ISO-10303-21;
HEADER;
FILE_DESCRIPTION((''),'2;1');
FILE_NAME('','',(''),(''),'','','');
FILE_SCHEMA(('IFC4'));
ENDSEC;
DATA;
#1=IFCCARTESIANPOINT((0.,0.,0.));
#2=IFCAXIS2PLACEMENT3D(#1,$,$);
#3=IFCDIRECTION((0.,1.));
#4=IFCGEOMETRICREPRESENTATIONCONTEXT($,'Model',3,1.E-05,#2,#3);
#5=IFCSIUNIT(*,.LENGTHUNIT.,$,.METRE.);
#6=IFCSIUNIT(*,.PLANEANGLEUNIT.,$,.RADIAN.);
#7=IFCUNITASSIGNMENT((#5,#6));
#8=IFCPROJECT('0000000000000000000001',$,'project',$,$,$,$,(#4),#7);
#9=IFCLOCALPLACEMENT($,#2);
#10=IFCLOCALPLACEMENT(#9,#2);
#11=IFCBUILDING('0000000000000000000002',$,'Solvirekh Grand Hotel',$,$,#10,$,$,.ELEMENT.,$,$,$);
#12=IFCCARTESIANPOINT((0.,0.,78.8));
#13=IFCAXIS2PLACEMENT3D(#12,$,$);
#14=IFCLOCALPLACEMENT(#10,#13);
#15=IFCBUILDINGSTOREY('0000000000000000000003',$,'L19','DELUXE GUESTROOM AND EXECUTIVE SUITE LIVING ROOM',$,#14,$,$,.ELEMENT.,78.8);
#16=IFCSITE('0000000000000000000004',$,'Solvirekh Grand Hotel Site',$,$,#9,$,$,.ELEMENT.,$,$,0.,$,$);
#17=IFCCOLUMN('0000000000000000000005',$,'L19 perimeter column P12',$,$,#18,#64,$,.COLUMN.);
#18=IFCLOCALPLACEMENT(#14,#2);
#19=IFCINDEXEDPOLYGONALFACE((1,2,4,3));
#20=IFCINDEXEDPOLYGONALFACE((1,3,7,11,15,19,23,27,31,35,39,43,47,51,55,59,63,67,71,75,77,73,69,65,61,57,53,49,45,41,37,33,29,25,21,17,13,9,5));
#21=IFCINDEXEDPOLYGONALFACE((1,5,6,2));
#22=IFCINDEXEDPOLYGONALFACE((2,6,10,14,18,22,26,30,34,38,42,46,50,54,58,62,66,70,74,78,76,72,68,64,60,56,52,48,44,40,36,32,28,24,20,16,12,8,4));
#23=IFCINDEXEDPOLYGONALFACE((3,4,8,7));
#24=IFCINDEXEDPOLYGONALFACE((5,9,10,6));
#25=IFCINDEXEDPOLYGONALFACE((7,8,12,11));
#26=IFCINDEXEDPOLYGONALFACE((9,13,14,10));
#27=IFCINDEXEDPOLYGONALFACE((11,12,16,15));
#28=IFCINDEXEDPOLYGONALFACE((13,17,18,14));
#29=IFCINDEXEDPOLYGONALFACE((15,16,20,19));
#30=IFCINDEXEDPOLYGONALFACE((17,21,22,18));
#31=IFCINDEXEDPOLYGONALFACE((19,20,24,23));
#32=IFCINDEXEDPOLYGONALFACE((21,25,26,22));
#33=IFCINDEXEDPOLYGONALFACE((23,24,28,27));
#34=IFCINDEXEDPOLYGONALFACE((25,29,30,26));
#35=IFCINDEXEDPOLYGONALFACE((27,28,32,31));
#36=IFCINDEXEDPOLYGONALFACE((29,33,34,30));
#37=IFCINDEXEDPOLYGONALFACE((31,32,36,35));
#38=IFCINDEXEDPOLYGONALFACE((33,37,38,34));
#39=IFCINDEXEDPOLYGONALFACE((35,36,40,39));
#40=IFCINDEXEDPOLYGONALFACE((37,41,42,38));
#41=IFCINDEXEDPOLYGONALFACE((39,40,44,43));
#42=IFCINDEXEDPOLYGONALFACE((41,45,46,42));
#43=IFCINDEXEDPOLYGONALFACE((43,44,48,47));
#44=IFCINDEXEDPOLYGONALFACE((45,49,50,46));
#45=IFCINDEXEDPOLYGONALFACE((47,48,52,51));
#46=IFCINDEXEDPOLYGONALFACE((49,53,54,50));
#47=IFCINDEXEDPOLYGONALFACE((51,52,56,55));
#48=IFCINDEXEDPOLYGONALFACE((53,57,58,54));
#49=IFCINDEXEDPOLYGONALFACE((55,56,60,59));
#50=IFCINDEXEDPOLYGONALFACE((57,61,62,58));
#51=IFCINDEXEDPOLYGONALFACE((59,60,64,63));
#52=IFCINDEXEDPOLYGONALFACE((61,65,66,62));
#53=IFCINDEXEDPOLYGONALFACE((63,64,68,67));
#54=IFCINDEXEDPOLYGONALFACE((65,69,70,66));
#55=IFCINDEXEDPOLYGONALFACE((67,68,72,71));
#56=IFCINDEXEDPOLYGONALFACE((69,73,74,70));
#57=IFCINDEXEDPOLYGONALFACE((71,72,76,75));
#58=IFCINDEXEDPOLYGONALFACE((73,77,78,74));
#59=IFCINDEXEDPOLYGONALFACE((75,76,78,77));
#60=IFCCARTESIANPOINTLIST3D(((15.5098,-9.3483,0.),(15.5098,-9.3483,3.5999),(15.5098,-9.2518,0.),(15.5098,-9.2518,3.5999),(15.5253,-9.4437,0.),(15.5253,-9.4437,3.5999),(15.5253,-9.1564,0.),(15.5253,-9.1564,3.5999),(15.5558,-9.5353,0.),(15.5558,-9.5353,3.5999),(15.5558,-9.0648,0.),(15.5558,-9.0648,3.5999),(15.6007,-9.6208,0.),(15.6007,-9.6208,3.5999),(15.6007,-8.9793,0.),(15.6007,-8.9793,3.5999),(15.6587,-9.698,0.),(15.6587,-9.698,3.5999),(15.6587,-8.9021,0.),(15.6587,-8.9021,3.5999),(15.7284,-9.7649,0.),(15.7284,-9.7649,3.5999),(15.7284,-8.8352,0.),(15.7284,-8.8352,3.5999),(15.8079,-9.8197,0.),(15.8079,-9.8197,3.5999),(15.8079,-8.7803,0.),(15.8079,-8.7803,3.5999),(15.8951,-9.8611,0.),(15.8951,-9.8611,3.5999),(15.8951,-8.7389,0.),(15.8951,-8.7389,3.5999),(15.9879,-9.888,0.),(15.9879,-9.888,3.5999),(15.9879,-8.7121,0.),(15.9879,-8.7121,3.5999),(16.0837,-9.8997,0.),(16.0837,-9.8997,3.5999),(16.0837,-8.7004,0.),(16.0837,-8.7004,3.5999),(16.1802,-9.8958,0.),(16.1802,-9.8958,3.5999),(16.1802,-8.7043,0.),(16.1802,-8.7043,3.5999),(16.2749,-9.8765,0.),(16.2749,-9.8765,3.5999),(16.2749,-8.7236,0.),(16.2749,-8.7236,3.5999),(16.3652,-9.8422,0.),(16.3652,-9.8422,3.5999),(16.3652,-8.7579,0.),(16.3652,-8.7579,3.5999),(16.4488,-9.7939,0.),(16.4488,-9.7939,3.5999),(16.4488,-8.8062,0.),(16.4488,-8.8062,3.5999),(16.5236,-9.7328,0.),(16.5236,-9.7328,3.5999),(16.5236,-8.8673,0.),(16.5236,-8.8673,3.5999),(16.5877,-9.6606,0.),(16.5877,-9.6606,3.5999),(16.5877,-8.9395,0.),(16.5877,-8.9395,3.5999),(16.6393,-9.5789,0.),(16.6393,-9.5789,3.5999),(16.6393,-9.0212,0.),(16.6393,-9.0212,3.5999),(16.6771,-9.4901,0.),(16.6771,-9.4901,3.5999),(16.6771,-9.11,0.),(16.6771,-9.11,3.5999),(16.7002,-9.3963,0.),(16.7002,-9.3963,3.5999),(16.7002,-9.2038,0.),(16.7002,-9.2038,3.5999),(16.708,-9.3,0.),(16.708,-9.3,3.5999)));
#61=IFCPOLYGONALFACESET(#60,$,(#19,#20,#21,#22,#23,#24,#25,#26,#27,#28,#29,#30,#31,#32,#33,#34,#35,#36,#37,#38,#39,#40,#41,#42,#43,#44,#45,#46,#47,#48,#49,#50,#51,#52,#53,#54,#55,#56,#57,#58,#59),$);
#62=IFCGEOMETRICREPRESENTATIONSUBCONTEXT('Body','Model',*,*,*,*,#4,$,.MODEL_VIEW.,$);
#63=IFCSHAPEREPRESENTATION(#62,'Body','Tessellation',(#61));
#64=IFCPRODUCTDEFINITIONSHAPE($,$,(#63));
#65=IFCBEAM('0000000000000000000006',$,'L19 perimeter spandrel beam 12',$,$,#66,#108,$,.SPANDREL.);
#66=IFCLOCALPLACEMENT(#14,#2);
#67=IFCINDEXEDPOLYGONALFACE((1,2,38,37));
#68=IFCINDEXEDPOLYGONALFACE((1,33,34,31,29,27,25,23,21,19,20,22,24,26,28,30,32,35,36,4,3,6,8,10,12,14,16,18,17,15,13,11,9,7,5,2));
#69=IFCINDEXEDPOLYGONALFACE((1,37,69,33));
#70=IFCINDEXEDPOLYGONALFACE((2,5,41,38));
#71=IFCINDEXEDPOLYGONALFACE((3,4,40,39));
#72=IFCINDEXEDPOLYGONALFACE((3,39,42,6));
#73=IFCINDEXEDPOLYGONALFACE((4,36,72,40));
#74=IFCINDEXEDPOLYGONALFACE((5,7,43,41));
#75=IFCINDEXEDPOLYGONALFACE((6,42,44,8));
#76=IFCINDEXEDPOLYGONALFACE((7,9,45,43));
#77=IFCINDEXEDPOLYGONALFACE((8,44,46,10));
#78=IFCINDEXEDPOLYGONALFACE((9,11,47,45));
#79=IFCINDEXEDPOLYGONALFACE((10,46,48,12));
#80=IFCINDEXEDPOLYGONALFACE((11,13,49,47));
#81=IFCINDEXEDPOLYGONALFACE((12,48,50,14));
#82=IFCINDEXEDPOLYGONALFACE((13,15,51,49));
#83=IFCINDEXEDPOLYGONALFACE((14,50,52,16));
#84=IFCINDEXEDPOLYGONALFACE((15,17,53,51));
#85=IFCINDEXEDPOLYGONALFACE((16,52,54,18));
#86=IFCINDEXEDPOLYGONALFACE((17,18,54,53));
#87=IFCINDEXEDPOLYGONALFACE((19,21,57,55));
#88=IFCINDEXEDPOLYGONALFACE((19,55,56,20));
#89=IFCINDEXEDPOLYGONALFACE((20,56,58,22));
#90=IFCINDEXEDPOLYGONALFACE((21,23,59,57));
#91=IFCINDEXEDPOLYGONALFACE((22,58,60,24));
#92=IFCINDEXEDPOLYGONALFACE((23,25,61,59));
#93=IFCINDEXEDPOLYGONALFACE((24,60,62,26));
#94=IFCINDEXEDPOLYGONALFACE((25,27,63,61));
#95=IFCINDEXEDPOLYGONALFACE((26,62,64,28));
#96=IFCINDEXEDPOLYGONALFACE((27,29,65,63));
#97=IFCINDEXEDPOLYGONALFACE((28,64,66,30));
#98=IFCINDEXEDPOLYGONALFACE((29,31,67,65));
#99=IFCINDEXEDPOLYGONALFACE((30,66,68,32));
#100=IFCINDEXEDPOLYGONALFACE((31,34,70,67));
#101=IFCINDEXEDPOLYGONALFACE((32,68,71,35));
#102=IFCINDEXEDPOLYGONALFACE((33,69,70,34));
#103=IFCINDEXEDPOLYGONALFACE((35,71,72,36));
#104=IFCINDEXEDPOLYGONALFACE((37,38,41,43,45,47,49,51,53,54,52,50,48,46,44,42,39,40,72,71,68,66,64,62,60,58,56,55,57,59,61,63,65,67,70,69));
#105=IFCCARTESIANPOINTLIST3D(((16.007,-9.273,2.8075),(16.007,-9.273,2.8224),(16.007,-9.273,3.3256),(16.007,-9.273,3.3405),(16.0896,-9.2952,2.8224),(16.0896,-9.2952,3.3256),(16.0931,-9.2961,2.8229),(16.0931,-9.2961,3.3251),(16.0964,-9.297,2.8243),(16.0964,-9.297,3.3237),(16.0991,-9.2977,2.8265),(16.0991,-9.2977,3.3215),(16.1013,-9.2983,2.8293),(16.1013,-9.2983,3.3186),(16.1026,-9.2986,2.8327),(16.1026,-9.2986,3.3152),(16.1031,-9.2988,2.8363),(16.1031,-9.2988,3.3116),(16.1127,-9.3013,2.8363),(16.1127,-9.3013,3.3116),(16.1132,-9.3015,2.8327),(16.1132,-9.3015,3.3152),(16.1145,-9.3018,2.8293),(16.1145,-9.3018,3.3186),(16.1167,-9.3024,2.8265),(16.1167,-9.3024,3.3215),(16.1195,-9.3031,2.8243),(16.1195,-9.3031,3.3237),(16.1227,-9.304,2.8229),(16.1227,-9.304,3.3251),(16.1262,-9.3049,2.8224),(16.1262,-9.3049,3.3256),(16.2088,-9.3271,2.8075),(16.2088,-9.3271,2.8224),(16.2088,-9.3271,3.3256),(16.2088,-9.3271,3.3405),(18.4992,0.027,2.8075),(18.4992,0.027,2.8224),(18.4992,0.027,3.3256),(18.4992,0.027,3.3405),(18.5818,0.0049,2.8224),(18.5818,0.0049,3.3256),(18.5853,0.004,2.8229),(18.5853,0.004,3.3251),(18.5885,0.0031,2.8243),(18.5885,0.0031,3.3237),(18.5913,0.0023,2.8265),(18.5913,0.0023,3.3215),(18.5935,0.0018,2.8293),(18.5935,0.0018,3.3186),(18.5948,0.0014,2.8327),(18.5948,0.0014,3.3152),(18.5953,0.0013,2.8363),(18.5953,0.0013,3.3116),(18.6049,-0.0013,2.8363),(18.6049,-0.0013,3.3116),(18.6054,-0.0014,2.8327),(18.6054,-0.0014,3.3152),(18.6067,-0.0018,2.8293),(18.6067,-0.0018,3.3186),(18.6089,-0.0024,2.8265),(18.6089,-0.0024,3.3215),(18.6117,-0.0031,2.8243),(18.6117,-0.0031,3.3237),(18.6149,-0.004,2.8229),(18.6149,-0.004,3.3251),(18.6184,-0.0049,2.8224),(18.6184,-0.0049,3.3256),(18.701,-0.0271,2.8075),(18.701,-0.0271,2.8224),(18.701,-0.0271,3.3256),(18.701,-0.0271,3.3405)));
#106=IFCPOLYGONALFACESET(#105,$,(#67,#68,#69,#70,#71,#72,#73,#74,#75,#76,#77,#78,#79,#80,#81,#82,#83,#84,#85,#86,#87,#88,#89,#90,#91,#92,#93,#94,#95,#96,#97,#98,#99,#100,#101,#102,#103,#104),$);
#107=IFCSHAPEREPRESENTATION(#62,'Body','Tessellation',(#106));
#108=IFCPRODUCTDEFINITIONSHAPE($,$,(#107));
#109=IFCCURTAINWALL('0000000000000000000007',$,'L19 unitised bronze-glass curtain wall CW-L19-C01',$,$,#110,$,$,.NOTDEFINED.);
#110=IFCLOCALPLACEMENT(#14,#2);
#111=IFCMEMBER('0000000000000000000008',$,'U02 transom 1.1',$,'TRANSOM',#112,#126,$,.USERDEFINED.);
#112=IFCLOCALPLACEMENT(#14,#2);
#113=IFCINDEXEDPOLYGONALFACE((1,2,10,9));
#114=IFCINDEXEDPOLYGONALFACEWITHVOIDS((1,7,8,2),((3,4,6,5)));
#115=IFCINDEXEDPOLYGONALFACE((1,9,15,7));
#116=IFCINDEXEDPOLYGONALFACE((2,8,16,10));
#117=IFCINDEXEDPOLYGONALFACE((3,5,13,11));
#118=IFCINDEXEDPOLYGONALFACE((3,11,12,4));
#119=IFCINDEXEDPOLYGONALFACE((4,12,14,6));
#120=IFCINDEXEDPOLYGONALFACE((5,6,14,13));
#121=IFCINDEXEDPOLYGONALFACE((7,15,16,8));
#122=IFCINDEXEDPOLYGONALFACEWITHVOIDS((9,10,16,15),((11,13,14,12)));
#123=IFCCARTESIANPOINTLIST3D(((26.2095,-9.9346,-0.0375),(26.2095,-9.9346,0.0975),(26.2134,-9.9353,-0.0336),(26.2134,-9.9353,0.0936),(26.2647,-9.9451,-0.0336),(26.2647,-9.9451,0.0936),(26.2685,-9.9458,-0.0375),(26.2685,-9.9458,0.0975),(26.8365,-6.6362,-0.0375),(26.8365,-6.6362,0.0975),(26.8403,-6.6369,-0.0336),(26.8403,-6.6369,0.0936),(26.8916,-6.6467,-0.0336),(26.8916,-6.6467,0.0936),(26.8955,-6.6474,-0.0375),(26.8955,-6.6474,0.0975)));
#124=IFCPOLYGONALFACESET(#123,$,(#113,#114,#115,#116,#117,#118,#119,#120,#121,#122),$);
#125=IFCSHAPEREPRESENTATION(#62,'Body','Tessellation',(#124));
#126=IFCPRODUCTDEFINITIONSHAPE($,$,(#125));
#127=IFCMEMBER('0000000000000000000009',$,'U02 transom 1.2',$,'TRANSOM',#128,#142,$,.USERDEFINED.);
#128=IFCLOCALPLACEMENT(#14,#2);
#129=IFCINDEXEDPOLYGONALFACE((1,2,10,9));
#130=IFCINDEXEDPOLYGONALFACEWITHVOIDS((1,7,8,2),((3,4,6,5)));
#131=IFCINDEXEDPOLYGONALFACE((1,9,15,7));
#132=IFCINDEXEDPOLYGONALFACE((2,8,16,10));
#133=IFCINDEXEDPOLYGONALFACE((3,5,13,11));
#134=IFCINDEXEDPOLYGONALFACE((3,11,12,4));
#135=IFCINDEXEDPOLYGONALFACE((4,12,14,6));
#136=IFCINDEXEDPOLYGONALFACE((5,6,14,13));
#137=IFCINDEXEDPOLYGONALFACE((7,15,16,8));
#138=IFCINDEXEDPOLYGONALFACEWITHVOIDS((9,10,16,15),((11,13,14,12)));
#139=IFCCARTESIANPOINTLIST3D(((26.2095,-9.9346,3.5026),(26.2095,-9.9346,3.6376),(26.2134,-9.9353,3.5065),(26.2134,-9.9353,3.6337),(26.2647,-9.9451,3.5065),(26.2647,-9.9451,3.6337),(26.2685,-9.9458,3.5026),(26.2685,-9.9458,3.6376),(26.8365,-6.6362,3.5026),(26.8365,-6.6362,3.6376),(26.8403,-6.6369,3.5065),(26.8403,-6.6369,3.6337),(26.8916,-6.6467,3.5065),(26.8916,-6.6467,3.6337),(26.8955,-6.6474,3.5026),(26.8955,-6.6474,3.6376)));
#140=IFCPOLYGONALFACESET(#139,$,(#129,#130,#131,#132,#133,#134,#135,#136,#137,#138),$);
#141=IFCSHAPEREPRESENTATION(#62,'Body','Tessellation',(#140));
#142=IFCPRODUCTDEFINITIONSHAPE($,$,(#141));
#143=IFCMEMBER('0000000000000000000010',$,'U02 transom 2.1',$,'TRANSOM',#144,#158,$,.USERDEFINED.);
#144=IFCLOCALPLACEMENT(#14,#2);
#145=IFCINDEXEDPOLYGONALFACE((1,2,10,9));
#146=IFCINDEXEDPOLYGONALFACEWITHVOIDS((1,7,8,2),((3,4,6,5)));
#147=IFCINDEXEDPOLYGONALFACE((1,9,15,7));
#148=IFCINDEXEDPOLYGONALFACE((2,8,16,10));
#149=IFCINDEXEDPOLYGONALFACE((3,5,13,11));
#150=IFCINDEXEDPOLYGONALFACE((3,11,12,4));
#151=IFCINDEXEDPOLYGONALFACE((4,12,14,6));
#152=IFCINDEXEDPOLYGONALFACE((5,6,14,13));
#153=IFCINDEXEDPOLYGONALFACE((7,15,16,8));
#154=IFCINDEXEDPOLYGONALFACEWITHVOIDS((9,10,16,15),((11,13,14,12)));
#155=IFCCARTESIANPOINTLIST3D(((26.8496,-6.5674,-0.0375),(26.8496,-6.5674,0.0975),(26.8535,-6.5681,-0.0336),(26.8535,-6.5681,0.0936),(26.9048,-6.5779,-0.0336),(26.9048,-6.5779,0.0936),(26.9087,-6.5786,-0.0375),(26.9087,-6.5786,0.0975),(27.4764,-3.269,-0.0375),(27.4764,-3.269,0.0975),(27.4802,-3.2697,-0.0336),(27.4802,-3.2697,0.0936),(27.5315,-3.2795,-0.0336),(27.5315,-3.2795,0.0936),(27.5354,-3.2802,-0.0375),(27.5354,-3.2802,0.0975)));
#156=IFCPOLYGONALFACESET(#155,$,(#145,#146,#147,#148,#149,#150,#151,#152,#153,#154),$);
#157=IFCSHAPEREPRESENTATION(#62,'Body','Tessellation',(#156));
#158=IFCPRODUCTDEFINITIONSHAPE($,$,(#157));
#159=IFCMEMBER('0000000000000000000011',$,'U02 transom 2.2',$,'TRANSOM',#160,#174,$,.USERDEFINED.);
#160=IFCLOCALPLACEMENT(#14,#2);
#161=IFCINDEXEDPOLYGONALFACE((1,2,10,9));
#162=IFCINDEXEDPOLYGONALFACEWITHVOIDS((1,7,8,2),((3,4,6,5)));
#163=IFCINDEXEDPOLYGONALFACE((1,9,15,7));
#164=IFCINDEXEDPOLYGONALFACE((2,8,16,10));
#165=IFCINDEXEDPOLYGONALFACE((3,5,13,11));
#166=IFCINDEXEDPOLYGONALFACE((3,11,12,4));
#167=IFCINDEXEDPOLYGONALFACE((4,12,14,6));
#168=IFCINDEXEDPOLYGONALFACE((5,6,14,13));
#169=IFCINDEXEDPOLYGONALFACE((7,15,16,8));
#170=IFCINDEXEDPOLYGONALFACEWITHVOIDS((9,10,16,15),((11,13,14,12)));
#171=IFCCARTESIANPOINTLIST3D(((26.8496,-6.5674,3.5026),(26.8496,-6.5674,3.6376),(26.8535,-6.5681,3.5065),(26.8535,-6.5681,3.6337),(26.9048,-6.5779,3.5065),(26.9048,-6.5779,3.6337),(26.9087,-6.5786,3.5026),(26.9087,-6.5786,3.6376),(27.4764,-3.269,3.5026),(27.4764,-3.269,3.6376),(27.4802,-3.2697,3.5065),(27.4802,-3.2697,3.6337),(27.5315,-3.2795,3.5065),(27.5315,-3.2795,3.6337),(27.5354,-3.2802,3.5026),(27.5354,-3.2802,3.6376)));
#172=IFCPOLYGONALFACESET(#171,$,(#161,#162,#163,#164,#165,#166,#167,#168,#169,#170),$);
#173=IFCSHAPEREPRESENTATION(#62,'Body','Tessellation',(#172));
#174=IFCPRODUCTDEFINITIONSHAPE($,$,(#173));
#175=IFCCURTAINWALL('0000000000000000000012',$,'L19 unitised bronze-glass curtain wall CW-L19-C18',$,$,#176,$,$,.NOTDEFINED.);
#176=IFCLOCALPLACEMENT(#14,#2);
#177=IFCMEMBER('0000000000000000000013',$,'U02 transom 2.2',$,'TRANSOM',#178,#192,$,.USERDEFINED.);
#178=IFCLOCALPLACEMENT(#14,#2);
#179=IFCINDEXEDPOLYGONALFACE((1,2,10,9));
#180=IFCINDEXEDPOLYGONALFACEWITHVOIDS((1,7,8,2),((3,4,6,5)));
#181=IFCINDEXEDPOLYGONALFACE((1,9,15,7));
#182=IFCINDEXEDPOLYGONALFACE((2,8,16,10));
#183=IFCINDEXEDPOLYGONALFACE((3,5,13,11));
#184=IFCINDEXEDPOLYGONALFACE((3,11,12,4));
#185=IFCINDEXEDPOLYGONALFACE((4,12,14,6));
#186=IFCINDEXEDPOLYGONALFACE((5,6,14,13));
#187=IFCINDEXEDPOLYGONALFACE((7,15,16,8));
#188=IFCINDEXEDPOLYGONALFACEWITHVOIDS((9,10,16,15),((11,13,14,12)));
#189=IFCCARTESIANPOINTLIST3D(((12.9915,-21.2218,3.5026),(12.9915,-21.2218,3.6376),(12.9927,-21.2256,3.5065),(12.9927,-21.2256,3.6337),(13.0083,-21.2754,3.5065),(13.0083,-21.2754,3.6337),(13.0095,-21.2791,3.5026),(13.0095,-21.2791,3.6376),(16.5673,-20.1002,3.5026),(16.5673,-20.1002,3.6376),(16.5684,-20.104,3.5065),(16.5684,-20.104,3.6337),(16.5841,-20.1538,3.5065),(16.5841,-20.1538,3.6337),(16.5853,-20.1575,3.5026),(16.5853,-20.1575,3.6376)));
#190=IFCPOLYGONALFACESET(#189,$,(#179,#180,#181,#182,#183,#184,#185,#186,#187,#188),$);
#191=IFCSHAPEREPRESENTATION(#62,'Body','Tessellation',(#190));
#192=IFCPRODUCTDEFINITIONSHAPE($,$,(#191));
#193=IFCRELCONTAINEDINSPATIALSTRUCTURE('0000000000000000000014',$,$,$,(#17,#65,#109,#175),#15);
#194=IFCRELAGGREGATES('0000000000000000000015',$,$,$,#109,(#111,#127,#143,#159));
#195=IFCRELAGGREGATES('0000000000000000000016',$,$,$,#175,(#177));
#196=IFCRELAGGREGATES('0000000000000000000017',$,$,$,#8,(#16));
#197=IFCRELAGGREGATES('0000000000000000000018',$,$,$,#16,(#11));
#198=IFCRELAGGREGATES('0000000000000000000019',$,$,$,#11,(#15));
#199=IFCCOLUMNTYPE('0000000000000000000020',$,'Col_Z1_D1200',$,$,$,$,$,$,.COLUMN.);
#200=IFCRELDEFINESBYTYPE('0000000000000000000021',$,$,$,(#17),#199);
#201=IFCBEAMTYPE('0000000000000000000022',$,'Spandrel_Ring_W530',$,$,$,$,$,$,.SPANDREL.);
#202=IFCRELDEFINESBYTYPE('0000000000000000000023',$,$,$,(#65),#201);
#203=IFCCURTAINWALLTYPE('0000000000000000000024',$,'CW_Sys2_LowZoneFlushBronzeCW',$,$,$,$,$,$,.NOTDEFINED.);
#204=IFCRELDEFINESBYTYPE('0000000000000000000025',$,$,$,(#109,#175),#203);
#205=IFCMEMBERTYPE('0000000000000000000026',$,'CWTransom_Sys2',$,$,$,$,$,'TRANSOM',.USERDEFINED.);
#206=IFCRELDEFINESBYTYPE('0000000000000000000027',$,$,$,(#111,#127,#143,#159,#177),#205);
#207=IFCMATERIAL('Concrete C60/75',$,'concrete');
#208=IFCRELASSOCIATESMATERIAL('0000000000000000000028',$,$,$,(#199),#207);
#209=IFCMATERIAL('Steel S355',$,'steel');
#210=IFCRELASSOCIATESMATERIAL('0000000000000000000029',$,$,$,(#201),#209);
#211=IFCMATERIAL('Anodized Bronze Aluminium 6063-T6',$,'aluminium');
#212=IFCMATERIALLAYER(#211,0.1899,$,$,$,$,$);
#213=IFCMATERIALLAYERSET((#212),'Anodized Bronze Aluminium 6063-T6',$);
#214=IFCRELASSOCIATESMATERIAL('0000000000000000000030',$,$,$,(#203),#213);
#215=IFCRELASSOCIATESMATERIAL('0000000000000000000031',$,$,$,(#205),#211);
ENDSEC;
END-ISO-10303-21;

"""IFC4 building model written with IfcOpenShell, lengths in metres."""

from ifc_helpers import new_model, si_unit, direction, frame, origin, origin_2d, place, context, subcontext, project, spatial, hollow_rectangle, circle, i_section, extrude, source, transform, mapped, material, layer, layer_set, material_profile, profile_set, type_object, element, aggregate, save


model = new_model("IFC4")

# Units and contexts
model_context = context("Model", 3, precision=1e-05, world=origin(), true_north=direction((0.0, 1.0)))
body_context = subcontext(model_context, "Body", "Model", "MODEL_VIEW")
ifc_project = project(units=[si_unit("LENGTHUNIT", "METRE"), si_unit("PLANEANGLEUNIT", "RADIAN")], contexts=[model_context])

# Site, building, storey
site_placement = place(None, origin())
site = spatial("IfcSite", under=ifc_project, at=site_placement, Name="Solvirekh Grand Hotel Site", CompositionType="ELEMENT", RefElevation=0.0)
building_placement = place(site_placement, origin())
building = spatial("IfcBuilding", under=site, at=building_placement, Name="Solvirekh Grand Hotel", CompositionType="ELEMENT")
storey_placement = place(building_placement, frame((0.0, 0.0, 78.8)))
storey = spatial("IfcBuildingStorey", under=building, at=storey_placement, Name="L19", Description="DELUXE GUESTROOM AND EXECUTIVE SUITE LIVING ROOM", CompositionType="ELEMENT", Elevation=78.8)

# Column
ifc_material_1 = material(Name="Concrete C60/75", Category="concrete")
ifc_material_profile_1 = material_profile(ifc_material_1, circle(Radius=0.6001, at=origin_2d()), Name="RC CIRC D1200")
ifc_profile_set_1 = profile_set([ifc_material_profile_1], Name="Concrete C60/75")
column_type = type_object("IfcColumnType", Name="Col_Z1_D1200", PredefinedType="COLUMN", material=ifc_profile_set_1)
column_placement = place(storey_placement, frame((16.1079, -9.3, 0.0), z_axis=(0.0, 0.0, 1.0), x_axis=(1.0, 0.0, 0.0)))
element("IfcColumn", 1, at=column_placement, inside=storey, type_object=column_type, Name="L19 perimeter column P12", PredefinedType="COLUMN", context=body_context, shape_type="SweptSolid", body=[
    extrude(circle(Radius=0.6001, at=origin_2d()), origin(), (0.0, 0.0, 1.0), 3.5999),
])

# Beam
ifc_material_2 = material(Name="Steel S355", Category="steel")
ifc_material_profile_2 = material_profile(ifc_material_2, i_section(OverallWidth=0.209, OverallDepth=0.533, WebThickness=0.01, FlangeThickness=0.0149, FilletRadius=0.0139, at=origin_2d()), Name="W530X92")
ifc_profile_set_2 = profile_set([ifc_material_profile_2], Name="Steel S355")
beam_type = type_object("IfcBeamType", Name="Spandrel_Ring_W530", PredefinedType="SPANDREL", material=ifc_profile_set_2)
beam_placement = place(storey_placement, frame((16.1079, -9.3, 3.074), z_axis=(0.258843, 0.965919, 0.0), x_axis=(-0.965919, 0.258843, 0.0)))
element("IfcBeam", 2, at=beam_placement, inside=storey, type_object=beam_type, Name="L19 perimeter spandrel beam 12", PredefinedType="SPANDREL", context=body_context, shape_type="SweptSolid", body=[
    extrude(i_section(OverallWidth=0.209, OverallDepth=0.533, WebThickness=0.01, FlangeThickness=0.0149, FilletRadius=0.0139, at=origin_2d()), origin(), (0.0, 0.0, 1.0), 9.6282),
])

# Curtain wall, members
ifc_material_3 = material(Name="Anodized Bronze Aluminium 6063-T6", Category="aluminium")
ifc_layer_1 = layer(ifc_material_3, 0.1899)
ifc_layer_set_1 = layer_set([ifc_layer_1], Name="Anodized Bronze Aluminium 6063-T6")
curtain_wall_type = type_object("IfcCurtainWallType", Name="CW_Sys2_LowZoneFlushBronzeCW", PredefinedType="NOTDEFINED", material=ifc_layer_set_1)
curtain_wall_1_placement = place(storey_placement, origin())
curtain_wall_1 = element("IfcCurtainWall", 3, at=curtain_wall_1_placement, inside=storey, type_object=curtain_wall_type, Name="L19 unitised bronze-glass curtain wall CW-L19-C01", PredefinedType="NOTDEFINED")
ifc_material_profile_3 = material_profile(ifc_material_3, hollow_rectangle(XDim=0.0601, YDim=0.135, WallThickness=0.0039, at=origin_2d()), Name="ALU RHS 135X60X4")
ifc_profile_set_3 = profile_set([ifc_material_profile_3], Name="Anodized Bronze Aluminium 6063-T6")
member_type_1 = type_object("IfcMemberType", Name="CWTransom_Sys2", ElementType="TRANSOM", PredefinedType="USERDEFINED", material=ifc_profile_set_3)
shared_shape_1 = source(origin(), body_context, "Body", "SweptSolid", [
    extrude(hollow_rectangle(XDim=0.0601, YDim=0.135, WallThickness=0.0039, at=origin_2d()), origin(), (0.0, 0.0, 1.0), 3.3574),
])
member_1_placement = place(storey_placement, frame((26.239, -9.9402, 0.03), z_axis=(0.186738, 0.98241, 0.0), x_axis=(-0.98241, 0.186738, 0.0)))
member_1 = element("IfcMember", 4, at=member_1_placement, type_object=member_type_1, Name="U02 transom 1.1", ObjectType="TRANSOM", PredefinedType="USERDEFINED", context=body_context, shape_type="MappedRepresentation", body=[
    mapped(shared_shape_1, transform((0.0, 0.0, 0.0), x_axis=(1.0, 0.0, 0.0), y_axis=(0.0, 1.0, 0.0), z_axis=(0.0, 0.0, 1.0), scale=1.0)),
])
member_2_placement = place(storey_placement, frame((26.239, -9.9402, 3.5701), z_axis=(0.186738, 0.98241, 0.0), x_axis=(-0.98241, 0.186738, 0.0)))
member_2 = element("IfcMember", 5, at=member_2_placement, type_object=member_type_1, Name="U02 transom 1.2", ObjectType="TRANSOM", PredefinedType="USERDEFINED", context=body_context, shape_type="MappedRepresentation", body=[
    mapped(shared_shape_1, transform((0.0, 0.0, 0.0), x_axis=(1.0, 0.0, 0.0), y_axis=(0.0, 1.0, 0.0), z_axis=(0.0, 0.0, 1.0), scale=1.0)),
])
member_3_placement = place(storey_placement, frame((26.8792, -6.573, 0.03), z_axis=(0.186668, 0.982423, 0.0), x_axis=(-0.982423, 0.186668, 0.0)))
member_3 = element("IfcMember", 6, at=member_3_placement, type_object=member_type_1, Name="U02 transom 2.1", ObjectType="TRANSOM", PredefinedType="USERDEFINED", context=body_context, shape_type="MappedRepresentation", body=[
    mapped(shared_shape_1, transform((0.0, 0.0, 0.0), x_axis=(1.0, 0.0, 0.0), y_axis=(0.0, 1.0, 0.0), z_axis=(0.0, 0.0, 1.0), scale=1.0)),
])
member_4_placement = place(storey_placement, frame((26.8792, -6.573, 3.5701), z_axis=(0.186668, 0.982423, 0.0), x_axis=(-0.982423, 0.186668, 0.0)))
member_4 = element("IfcMember", 7, at=member_4_placement, type_object=member_type_1, Name="U02 transom 2.2", ObjectType="TRANSOM", PredefinedType="USERDEFINED", context=body_context, shape_type="MappedRepresentation", body=[
    mapped(shared_shape_1, transform((0.0, 0.0, 0.0), x_axis=(1.0, 0.0, 0.0), y_axis=(0.0, 1.0, 0.0), z_axis=(0.0, 0.0, 1.0), scale=1.0)),
])

# Curtain wall, member
curtain_wall_2_placement = place(storey_placement, origin())
curtain_wall_2 = element("IfcCurtainWall", 8, at=curtain_wall_2_placement, inside=storey, type_object=curtain_wall_type, Name="L19 unitised bronze-glass curtain wall CW-L19-C18", PredefinedType="NOTDEFINED")
shared_shape_2 = source(origin(), body_context, "Body", "SweptSolid", [
    extrude(hollow_rectangle(XDim=0.0601, YDim=0.135, WallThickness=0.0039, at=origin_2d()), origin(), (0.0, 0.0, 1.0), 3.7476),
])
member_5_placement = place(storey_placement, frame((13.0005, -21.2505, 3.5701), z_axis=(0.954162, 0.299291, 0.0), x_axis=(-0.299291, 0.954162, 0.0)))
member_5 = element("IfcMember", 9, at=member_5_placement, type_object=member_type_1, Name="U02 transom 2.2", ObjectType="TRANSOM", PredefinedType="USERDEFINED", context=body_context, shape_type="MappedRepresentation", body=[
    mapped(shared_shape_2, transform((0.0, 0.0, 0.0), x_axis=(1.0, 0.0, 0.0), y_axis=(0.0, 1.0, 0.0), z_axis=(0.0, 0.0, 1.0), scale=1.0)),
])

aggregate(curtain_wall_1, [member_1, member_2, member_3, member_4])
aggregate(curtain_wall_2, [member_5])

save(model, "model.ifc")
